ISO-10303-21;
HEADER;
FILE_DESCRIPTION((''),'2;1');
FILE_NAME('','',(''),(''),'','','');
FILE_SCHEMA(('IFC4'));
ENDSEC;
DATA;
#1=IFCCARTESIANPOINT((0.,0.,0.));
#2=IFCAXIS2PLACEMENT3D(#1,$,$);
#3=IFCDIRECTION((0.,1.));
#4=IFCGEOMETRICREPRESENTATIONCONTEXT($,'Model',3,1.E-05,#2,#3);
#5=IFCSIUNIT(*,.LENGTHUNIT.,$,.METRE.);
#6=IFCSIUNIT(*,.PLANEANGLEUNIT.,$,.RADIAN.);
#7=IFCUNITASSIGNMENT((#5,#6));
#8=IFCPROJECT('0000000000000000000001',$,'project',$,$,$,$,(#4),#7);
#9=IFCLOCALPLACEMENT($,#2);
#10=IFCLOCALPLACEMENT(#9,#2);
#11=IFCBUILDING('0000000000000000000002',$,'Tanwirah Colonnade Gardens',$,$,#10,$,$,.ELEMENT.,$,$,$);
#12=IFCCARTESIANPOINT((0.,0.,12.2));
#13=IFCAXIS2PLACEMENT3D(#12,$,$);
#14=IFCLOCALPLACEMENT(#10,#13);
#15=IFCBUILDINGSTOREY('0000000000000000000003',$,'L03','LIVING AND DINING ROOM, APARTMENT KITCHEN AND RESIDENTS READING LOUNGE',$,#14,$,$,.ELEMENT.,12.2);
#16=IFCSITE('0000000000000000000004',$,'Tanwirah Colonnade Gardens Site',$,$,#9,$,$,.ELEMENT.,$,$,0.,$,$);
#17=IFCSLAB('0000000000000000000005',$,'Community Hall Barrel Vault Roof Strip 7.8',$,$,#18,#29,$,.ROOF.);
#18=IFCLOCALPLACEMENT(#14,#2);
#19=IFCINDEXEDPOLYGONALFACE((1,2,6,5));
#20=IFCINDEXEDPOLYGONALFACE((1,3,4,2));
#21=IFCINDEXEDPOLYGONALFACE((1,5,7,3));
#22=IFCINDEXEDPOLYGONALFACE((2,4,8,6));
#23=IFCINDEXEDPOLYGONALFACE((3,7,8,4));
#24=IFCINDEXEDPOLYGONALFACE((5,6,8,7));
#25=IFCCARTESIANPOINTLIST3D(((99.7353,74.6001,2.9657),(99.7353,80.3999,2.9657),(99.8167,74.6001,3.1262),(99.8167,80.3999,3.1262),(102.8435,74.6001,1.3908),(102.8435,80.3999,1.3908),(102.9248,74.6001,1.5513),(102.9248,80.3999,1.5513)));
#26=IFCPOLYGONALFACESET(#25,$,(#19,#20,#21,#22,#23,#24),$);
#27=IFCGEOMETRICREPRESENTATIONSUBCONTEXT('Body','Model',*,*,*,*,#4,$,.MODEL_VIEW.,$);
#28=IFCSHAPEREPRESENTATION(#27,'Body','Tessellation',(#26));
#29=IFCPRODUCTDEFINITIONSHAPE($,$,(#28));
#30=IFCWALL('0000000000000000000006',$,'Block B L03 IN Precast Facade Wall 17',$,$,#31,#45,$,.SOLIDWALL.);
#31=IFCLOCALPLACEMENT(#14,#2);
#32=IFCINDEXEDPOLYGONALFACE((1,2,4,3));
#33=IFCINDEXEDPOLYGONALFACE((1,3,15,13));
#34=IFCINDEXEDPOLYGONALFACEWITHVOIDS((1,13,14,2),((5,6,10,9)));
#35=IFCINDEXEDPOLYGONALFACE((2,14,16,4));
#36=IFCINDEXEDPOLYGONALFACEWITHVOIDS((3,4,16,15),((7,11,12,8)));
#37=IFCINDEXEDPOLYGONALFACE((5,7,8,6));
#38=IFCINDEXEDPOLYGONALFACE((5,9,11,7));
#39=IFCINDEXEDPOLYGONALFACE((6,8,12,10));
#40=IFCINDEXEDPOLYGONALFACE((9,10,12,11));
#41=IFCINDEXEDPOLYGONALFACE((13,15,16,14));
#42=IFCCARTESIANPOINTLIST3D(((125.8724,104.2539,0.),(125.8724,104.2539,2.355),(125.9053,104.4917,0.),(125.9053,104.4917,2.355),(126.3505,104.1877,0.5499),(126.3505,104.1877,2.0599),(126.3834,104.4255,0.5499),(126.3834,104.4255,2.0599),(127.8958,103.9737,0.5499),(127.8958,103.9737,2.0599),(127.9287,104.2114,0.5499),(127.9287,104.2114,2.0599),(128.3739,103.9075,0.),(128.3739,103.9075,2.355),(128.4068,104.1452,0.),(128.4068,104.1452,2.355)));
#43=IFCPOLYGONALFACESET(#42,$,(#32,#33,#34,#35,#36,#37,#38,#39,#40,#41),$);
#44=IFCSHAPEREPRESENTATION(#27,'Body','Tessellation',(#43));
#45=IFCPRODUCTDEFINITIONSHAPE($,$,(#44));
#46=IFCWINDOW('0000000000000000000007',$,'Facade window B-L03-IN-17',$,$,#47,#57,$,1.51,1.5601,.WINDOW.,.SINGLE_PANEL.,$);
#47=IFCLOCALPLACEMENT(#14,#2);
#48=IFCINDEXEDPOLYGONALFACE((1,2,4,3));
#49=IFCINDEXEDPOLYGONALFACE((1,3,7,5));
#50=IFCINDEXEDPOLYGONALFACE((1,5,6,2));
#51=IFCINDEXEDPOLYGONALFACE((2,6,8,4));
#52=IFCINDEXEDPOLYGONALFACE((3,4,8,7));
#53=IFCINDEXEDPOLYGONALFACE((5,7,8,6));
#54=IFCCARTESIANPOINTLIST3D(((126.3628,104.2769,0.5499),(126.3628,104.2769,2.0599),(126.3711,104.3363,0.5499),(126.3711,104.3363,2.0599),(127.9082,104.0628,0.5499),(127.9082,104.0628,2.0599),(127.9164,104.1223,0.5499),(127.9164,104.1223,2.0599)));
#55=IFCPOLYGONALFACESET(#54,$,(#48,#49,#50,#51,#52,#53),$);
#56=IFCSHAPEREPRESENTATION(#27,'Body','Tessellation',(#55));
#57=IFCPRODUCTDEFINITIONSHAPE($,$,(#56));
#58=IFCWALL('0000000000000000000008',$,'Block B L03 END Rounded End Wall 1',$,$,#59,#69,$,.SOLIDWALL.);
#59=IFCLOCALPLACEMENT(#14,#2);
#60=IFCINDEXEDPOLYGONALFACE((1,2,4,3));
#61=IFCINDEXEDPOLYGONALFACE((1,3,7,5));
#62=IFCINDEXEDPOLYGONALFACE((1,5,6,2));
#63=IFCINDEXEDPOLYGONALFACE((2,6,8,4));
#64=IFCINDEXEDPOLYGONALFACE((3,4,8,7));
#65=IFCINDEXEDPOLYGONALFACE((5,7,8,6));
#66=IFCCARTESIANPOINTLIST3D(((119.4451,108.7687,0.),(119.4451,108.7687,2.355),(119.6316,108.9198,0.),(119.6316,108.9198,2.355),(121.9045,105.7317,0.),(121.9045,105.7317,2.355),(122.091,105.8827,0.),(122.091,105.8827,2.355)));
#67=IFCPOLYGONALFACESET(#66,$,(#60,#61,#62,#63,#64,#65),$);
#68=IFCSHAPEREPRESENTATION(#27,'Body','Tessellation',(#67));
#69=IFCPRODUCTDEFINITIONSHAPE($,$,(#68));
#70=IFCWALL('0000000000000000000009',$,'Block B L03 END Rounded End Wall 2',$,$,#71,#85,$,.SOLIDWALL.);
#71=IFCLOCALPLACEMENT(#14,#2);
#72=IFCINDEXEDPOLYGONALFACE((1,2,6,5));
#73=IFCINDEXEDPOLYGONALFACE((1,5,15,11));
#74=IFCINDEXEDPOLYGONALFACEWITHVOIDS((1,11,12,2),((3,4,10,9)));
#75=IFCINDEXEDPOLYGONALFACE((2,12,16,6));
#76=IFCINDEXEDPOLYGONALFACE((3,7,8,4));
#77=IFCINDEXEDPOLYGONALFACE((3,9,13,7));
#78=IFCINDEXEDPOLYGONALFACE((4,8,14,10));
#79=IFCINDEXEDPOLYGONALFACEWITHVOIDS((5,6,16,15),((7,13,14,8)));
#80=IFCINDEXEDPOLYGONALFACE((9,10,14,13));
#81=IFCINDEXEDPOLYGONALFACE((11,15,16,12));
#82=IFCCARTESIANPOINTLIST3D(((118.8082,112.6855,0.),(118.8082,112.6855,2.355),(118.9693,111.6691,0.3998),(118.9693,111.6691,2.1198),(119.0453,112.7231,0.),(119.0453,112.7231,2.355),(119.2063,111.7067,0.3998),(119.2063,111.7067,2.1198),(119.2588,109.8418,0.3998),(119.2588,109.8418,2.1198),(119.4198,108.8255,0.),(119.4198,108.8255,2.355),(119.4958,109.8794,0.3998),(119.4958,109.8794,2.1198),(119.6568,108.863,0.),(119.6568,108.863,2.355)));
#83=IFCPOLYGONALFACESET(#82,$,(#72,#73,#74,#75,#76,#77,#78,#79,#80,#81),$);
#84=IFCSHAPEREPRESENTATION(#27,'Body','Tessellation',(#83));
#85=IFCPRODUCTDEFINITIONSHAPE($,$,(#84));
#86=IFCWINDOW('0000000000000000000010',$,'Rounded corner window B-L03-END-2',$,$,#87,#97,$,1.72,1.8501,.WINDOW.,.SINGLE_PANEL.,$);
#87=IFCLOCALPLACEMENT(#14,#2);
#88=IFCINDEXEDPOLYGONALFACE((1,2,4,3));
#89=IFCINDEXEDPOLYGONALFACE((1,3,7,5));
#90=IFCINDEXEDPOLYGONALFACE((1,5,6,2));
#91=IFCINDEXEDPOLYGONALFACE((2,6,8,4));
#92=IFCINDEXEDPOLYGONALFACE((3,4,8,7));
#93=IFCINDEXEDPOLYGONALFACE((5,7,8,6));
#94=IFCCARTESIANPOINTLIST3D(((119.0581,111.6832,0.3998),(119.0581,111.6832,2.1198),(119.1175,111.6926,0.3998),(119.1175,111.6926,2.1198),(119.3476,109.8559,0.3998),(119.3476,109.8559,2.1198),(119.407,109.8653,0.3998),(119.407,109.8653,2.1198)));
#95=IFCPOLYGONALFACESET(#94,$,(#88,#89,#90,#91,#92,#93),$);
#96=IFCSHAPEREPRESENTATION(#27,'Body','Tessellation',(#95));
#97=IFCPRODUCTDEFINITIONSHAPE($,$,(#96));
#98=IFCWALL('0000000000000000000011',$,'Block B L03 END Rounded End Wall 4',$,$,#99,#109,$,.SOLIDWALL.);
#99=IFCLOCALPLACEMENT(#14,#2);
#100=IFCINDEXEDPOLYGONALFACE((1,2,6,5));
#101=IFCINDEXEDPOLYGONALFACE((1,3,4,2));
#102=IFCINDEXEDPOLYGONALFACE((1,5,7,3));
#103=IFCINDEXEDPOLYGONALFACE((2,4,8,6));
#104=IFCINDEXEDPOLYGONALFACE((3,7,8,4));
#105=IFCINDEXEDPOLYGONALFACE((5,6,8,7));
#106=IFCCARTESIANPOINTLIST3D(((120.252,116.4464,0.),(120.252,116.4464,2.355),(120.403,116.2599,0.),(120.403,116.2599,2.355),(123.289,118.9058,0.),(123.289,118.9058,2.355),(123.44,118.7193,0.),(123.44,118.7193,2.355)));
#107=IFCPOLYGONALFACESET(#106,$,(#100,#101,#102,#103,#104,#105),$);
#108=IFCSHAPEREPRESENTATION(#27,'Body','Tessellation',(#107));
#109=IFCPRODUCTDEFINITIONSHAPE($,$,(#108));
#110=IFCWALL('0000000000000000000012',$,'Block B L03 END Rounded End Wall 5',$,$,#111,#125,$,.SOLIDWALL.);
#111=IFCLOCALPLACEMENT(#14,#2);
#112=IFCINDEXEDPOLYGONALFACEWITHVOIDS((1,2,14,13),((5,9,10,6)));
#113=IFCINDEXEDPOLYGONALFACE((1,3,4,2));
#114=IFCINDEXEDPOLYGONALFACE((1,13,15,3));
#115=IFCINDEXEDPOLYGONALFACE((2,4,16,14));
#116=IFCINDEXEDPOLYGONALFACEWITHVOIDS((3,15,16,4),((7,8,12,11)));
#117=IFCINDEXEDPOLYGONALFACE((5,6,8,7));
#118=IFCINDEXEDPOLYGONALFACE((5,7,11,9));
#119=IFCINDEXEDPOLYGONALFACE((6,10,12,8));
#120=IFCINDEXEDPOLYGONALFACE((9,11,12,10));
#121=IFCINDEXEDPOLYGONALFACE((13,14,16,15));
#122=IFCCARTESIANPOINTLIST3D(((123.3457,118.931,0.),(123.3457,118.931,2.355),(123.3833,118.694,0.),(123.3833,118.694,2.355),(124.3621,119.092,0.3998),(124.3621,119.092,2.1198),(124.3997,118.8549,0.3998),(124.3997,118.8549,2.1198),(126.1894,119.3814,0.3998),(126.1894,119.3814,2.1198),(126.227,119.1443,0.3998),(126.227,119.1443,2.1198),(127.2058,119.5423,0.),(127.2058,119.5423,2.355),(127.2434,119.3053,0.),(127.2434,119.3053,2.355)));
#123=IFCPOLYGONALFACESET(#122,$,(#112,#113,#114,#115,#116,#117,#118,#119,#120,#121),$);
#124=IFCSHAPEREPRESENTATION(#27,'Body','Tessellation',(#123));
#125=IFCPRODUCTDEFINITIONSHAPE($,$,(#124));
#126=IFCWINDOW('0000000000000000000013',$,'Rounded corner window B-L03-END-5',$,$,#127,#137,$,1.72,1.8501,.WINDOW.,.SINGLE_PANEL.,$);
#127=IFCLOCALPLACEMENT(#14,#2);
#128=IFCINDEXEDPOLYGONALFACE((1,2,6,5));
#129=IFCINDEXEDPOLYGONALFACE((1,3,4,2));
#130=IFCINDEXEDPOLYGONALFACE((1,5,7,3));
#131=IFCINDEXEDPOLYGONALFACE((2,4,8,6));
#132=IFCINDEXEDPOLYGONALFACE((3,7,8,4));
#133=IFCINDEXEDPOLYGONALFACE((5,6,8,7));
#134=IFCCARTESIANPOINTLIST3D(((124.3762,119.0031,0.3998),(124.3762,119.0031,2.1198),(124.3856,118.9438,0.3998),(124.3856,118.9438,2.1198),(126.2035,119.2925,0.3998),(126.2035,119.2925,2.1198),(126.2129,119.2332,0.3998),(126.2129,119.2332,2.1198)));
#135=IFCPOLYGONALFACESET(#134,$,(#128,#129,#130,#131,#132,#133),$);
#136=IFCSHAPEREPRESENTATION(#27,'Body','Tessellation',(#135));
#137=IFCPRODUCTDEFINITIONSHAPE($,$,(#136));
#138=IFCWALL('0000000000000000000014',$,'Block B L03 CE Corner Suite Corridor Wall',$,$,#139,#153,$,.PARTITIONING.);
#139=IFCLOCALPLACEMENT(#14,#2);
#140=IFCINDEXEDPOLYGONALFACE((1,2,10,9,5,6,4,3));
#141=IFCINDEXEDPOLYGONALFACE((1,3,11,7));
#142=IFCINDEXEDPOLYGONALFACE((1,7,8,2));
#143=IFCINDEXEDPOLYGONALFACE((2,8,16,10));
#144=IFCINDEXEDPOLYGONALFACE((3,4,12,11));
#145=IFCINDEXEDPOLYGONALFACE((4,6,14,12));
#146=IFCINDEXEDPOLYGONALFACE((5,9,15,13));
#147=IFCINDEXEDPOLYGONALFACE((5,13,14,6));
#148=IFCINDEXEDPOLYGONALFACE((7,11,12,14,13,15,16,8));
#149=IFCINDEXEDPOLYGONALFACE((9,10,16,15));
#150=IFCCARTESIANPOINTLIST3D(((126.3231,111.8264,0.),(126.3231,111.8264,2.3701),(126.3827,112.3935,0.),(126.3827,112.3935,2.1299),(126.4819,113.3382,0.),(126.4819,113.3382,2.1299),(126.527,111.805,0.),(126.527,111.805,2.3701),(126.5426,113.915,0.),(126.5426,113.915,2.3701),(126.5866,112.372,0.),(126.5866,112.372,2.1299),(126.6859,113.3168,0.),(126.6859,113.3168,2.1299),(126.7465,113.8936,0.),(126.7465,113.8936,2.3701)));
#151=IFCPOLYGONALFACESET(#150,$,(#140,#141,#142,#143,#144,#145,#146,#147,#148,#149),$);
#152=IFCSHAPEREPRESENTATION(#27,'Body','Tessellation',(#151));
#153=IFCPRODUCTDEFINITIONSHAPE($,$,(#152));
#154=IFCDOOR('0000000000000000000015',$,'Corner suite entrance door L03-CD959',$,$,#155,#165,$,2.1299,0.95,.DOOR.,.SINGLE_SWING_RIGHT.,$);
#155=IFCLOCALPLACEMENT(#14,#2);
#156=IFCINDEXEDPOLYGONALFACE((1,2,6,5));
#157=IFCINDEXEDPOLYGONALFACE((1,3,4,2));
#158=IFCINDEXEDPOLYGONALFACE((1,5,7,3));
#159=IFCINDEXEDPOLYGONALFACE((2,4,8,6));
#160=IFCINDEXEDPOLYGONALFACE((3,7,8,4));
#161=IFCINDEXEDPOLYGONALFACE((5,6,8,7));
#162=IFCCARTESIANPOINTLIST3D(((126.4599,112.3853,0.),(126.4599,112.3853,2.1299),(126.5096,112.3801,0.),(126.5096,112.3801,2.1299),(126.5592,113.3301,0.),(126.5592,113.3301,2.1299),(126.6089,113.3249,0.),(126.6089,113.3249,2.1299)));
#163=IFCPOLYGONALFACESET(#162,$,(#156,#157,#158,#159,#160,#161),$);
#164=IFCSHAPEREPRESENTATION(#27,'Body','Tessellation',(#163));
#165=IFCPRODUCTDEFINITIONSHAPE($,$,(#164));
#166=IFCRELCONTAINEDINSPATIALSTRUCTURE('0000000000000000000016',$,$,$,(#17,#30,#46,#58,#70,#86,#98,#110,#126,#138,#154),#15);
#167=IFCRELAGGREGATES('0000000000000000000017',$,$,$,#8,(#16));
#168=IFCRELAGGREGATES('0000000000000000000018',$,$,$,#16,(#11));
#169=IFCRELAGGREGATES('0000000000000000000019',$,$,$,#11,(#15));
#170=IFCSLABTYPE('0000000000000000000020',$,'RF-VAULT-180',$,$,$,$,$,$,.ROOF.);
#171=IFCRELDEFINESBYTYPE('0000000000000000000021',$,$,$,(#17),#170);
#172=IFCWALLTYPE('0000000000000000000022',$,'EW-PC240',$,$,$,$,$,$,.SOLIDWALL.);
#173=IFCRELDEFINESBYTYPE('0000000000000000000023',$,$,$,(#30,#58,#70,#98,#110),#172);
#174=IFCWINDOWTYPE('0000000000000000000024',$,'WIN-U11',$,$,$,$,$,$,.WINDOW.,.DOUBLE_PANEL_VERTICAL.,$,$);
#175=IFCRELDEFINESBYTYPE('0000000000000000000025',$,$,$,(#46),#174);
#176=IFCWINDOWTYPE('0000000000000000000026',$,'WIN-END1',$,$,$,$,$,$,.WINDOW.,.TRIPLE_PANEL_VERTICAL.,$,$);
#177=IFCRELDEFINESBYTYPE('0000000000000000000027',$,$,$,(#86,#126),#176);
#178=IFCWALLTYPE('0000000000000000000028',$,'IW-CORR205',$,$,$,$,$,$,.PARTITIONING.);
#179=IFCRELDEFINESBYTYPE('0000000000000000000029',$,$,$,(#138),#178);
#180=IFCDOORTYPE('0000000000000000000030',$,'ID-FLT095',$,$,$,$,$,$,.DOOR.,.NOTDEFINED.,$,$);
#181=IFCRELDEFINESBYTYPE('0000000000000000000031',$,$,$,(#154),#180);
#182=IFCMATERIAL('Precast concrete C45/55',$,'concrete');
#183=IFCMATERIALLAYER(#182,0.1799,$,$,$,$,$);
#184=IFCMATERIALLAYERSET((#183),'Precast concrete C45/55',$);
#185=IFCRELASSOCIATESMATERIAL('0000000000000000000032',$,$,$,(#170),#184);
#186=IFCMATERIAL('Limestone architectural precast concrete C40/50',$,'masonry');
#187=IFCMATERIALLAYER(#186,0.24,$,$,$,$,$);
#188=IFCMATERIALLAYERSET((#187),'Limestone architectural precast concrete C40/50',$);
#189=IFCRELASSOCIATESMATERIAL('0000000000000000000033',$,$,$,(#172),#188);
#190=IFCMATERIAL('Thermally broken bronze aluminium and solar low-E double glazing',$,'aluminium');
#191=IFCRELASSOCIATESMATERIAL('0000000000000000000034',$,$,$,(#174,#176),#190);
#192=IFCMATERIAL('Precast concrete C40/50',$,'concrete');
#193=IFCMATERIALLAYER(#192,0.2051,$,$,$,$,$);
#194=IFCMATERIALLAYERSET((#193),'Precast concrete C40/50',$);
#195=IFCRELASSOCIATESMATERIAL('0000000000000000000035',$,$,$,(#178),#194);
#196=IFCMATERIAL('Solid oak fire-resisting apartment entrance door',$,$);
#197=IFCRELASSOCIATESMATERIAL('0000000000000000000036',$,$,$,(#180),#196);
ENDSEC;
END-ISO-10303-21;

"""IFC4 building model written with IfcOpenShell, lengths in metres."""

from ifc_helpers import new_model, si_unit, direction, frame, frame_2d, origin, place, context, subcontext, project, spatial, polyline, rectangle, outline, extrude, material, layer, layer_set, type_object, element, fill, save


model = new_model("IFC4")

# Units and contexts
model_context = context("Model", 3, precision=1e-05, world=origin(), true_north=direction((0.0, 1.0)))
body_context = subcontext(model_context, "Body", "Model", "MODEL_VIEW")
ifc_project = project(units=[si_unit("LENGTHUNIT", "METRE"), si_unit("PLANEANGLEUNIT", "RADIAN")], contexts=[model_context])

# Site, building, storey
site_placement = place(None, origin())
site = spatial("IfcSite", under=ifc_project, at=site_placement, Name="Tanwirah Colonnade Gardens Site", CompositionType="ELEMENT", RefElevation=0.0)
building_placement = place(site_placement, origin())
building = spatial("IfcBuilding", under=site, at=building_placement, Name="Tanwirah Colonnade Gardens", CompositionType="ELEMENT")
storey_placement = place(building_placement, frame((0.0, 0.0, 12.2)))
storey = spatial("IfcBuildingStorey", under=building, at=storey_placement, Name="L03", Description="LIVING AND DINING ROOM, APARTMENT KITCHEN AND RESIDENTS READING LOUNGE", CompositionType="ELEMENT", Elevation=12.2)

# Shared definitions
ifc_material_1 = material(Name="Precast concrete C45/55", Category="concrete")
ifc_material_2 = material(Name="Precast concrete C40/50", Category="concrete")

# Slab
ifc_layer_1 = layer(ifc_material_1, 0.1799)
ifc_layer_set_1 = layer_set([ifc_layer_1], Name="Precast concrete C45/55")
slab_type = type_object("IfcSlabType", Name="RF-VAULT-180", PredefinedType="ROOF", material=ifc_layer_set_1)
slab_1_placement = place(storey_placement, frame((99.8167, 74.6001, 3.1262), z_axis=(0.452, 0.0, 0.892018), x_axis=(0.892018, 0.0, -0.452)))
element("IfcSlab", 1, at=slab_1_placement, inside=storey, type_object=slab_type, Name="Community Hall Barrel Vault Roof Strip 7.8", PredefinedType="ROOF", context=body_context, shape_type="SweptSolid", body=[
    extrude(outline(polyline([(0.0, 0.0), (3.4844, 0.0), (3.4844, 5.7998), (0.0, 5.7998), (0.0, 0.0)])), origin(), (0.0, 0.0, -1.0), 0.1799),
])

# Wall, opening, window
ifc_material_3 = material(Name="Limestone architectural precast concrete C40/50", Category="masonry")
ifc_layer_2 = layer(ifc_material_3, 0.24)
ifc_layer_set_2 = layer_set([ifc_layer_2], Name="Limestone architectural precast concrete C40/50")
wall_type_1 = type_object("IfcWallType", Name="EW-PC240", PredefinedType="SOLIDWALL", material=ifc_layer_set_2)
wall_1_placement = place(storey_placement, frame((128.3904, 104.0264, 0.0), z_axis=(0.0, 0.0, 1.0), x_axis=(-0.990546, 0.137184, 0.0)))
wall_1 = element("IfcWall", 2, at=wall_1_placement, inside=storey, type_object=wall_type_1, Name="Block B L03 IN Precast Facade Wall 17", PredefinedType="SOLIDWALL", context=body_context, shape_type="SweptSolid", body=[
    extrude(rectangle(XDim=2.5254, YDim=0.24, at=frame_2d((1.2627, 0.0))), origin(), (0.0, 0.0, 1.0), 2.355),
])
opening_1_placement = place(wall_1_placement, frame((0.4827, 0.0, 0.55)))
opening_1 = element("IfcOpeningElement", 3, at=opening_1_placement, cuts=wall_1, PredefinedType="OPENING", context=body_context, shape_type="SweptSolid", body=[
    extrude(rectangle(XDim=1.5601, YDim=1.51, at=frame_2d((0.78, 0.7549))), frame((0.0, 0.1299, 0.0), z_axis=(0.0, -1.0, 0.0), x_axis=(1.0, 0.0, 0.0)), (0.0, 0.0, 1.0), 0.26),
])
ifc_material_4 = material(Name="Thermally broken bronze aluminium and solar low-E double glazing", Category="aluminium")
window_type_1 = type_object("IfcWindowType", Name="WIN-U11", PartitioningType="DOUBLE_PANEL_VERTICAL", PredefinedType="WINDOW", material=ifc_material_4)
window_1_placement = place(opening_1_placement, origin())
window_1 = element("IfcWindow", 4, at=window_1_placement, inside=storey, type_object=window_type_1, Name="Facade window B-L03-IN-17", OverallHeight=1.51, OverallWidth=1.5601, PartitioningType="SINGLE_PANEL", PredefinedType="WINDOW", context=body_context, shape_type="SweptSolid", body=[
    extrude(rectangle(XDim=1.5601, YDim=1.51, at=frame_2d((0.78, 0.7549))), frame((0.0, 0.03, 0.0), z_axis=(0.0, -1.0, 0.0), x_axis=(1.0, 0.0, 0.0)), (0.0, 0.0, 1.0), 0.0601),
])
fill(opening_1, window_1)

# Wall
wall_2_placement = place(storey_placement, frame((121.9978, 105.8071, 0.0), z_axis=(0.0, 0.0, 1.0), x_axis=(-0.629331, 0.777137, 0.0)))
element("IfcWall", 5, at=wall_2_placement, inside=storey, type_object=wall_type_1, Name="Block B L03 END Rounded End Wall 1", PredefinedType="SOLIDWALL", context=body_context, shape_type="SweptSolid", body=[
    extrude(rectangle(XDim=3.908, YDim=0.24, at=frame_2d((1.9541, 0.0))), origin(), (0.0, 0.0, 1.0), 2.355),
])

# Wall, opening, window
wall_3_placement = place(storey_placement, frame((119.5383, 108.8442, 0.0), z_axis=(0.0, 0.0, 1.0), x_axis=(-0.156482, 0.987681, 0.0)))
wall_3 = element("IfcWall", 6, at=wall_3_placement, inside=storey, type_object=wall_type_1, Name="Block B L03 END Rounded End Wall 2", PredefinedType="SOLIDWALL", context=body_context, shape_type="SweptSolid", body=[
    extrude(rectangle(XDim=3.9082, YDim=0.24, at=frame_2d((1.9541, 0.0))), origin(), (0.0, 0.0, 1.0), 2.355),
])
opening_2_placement = place(wall_3_placement, frame((1.0291, 0.0, 0.3999)))
opening_2 = element("IfcOpeningElement", 7, at=opening_2_placement, cuts=wall_3, PredefinedType="OPENING", context=body_context, shape_type="SweptSolid", body=[
    extrude(rectangle(XDim=1.8501, YDim=1.72, at=frame_2d((0.925, 0.8599))), frame((0.0, 0.1299, 0.0), z_axis=(0.0, -1.0, 0.0), x_axis=(1.0, 0.0, 0.0)), (0.0, 0.0, 1.0), 0.26),
])
window_type_2 = type_object("IfcWindowType", Name="WIN-END1", PartitioningType="TRIPLE_PANEL_VERTICAL", PredefinedType="WINDOW", material=ifc_material_4)
window_2_placement = place(opening_2_placement, origin())
window_2 = element("IfcWindow", 8, at=window_2_placement, inside=storey, type_object=window_type_2, Name="Rounded corner window B-L03-END-2", OverallHeight=1.72, OverallWidth=1.8501, PartitioningType="SINGLE_PANEL", PredefinedType="WINDOW", context=body_context, shape_type="SweptSolid", body=[
    extrude(rectangle(XDim=1.8501, YDim=1.72, at=frame_2d((0.925, 0.8599))), frame((0.0, 0.03, 0.0), z_axis=(0.0, -1.0, 0.0), x_axis=(1.0, 0.0, 0.0)), (0.0, 0.0, 1.0), 0.0601),
])
fill(opening_2, window_2)

# Wall
wall_4_placement = place(storey_placement, frame((120.3274, 116.353, 0.0), z_axis=(0.0, 0.0, 1.0), x_axis=(0.777137, 0.629331, 0.0)))
element("IfcWall", 9, at=wall_4_placement, inside=storey, type_object=wall_type_1, Name="Block B L03 END Rounded End Wall 4", PredefinedType="SOLIDWALL", context=body_context, shape_type="SweptSolid", body=[
    extrude(rectangle(XDim=3.908, YDim=0.24, at=frame_2d((1.9541, 0.0))), origin(), (0.0, 0.0, 1.0), 2.355),
])

# Wall, opening, window
wall_5_placement = place(storey_placement, frame((123.3645, 118.8125, 0.0), z_axis=(0.0, 0.0, 1.0), x_axis=(0.98769, 0.156421, 0.0)))
wall_5 = element("IfcWall", 10, at=wall_5_placement, inside=storey, type_object=wall_type_1, Name="Block B L03 END Rounded End Wall 5", PredefinedType="SOLIDWALL", context=body_context, shape_type="SweptSolid", body=[
    extrude(rectangle(XDim=3.9082, YDim=0.24, at=frame_2d((1.9541, 0.0))), origin(), (0.0, 0.0, 1.0), 2.355),
])
opening_3_placement = place(wall_5_placement, frame((1.0291, 0.0, 0.3999)))
opening_3 = element("IfcOpeningElement", 11, at=opening_3_placement, cuts=wall_5, PredefinedType="OPENING", context=body_context, shape_type="SweptSolid", body=[
    extrude(rectangle(XDim=1.8501, YDim=1.72, at=frame_2d((0.925, 0.8599))), frame((0.0, 0.1299, 0.0), z_axis=(0.0, -1.0, 0.0), x_axis=(1.0, 0.0, 0.0)), (0.0, 0.0, 1.0), 0.26),
])
window_3_placement = place(opening_3_placement, origin())
window_3 = element("IfcWindow", 12, at=window_3_placement, inside=storey, type_object=window_type_2, Name="Rounded corner window B-L03-END-5", OverallHeight=1.72, OverallWidth=1.8501, PartitioningType="SINGLE_PANEL", PredefinedType="WINDOW", context=body_context, shape_type="SweptSolid", body=[
    extrude(rectangle(XDim=1.8501, YDim=1.72, at=frame_2d((0.925, 0.8599))), frame((0.0, 0.03, 0.0), z_axis=(0.0, -1.0, 0.0), x_axis=(1.0, 0.0, 0.0)), (0.0, 0.0, 1.0), 0.0601),
])
fill(opening_3, window_3)

# Wall, opening, door
ifc_layer_3 = layer(ifc_material_2, 0.2051)
ifc_layer_set_3 = layer_set([ifc_layer_3], Name="Precast concrete C40/50")
wall_type_2 = type_object("IfcWallType", Name="IW-CORR205", PredefinedType="PARTITIONING", material=ifc_layer_set_3)
wall_6_placement = place(storey_placement, frame((126.425, 111.8157, 0.0), z_axis=(0.0, 0.0, 1.0), x_axis=(0.104509, 0.994524, 0.0)))
wall_6 = element("IfcWall", 13, at=wall_6_placement, inside=storey, type_object=wall_type_2, Name="Block B L03 CE Corner Suite Corridor Wall", PredefinedType="PARTITIONING", context=body_context, shape_type="SweptSolid", body=[
    extrude(rectangle(XDim=2.1001, YDim=0.2051, at=frame_2d((1.05, 0.0))), origin(), (0.0, 0.0, 1.0), 2.3701),
])
opening_4_placement = place(wall_6_placement, frame((0.5701, 0.0, 0.0)))
opening_4 = element("IfcOpeningElement", 14, at=opening_4_placement, cuts=wall_6, PredefinedType="OPENING", context=body_context, shape_type="SweptSolid", body=[
    extrude(rectangle(XDim=0.95, YDim=2.1299, at=frame_2d((0.4751, 1.0649))), frame((0.0, 0.1125, 0.0), z_axis=(0.0, -1.0, 0.0), x_axis=(1.0, 0.0, 0.0)), (0.0, 0.0, 1.0), 0.2251),
])
ifc_material_5 = material(Name="Solid oak fire-resisting apartment entrance door")
door_type = type_object("IfcDoorType", Name="ID-FLT095", OperationType="NOTDEFINED", PredefinedType="DOOR", material=ifc_material_5)
door_placement = place(opening_4_placement, origin())
door = element("IfcDoor", 15, at=door_placement, inside=storey, type_object=door_type, Name="Corner suite entrance door L03-CD959", OperationType="SINGLE_SWING_RIGHT", OverallHeight=2.1299, OverallWidth=0.95, PredefinedType="DOOR", context=body_context, shape_type="SweptSolid", body=[
    extrude(rectangle(XDim=0.95, YDim=2.1299, at=frame_2d((0.4751, 1.0649))), frame((0.0, 0.0249, 0.0), z_axis=(0.0, -1.0, 0.0), x_axis=(1.0, 0.0, 0.0)), (0.0, 0.0, 1.0), 0.05),
])
fill(opening_4, door)

save(model, "model.ifc")
